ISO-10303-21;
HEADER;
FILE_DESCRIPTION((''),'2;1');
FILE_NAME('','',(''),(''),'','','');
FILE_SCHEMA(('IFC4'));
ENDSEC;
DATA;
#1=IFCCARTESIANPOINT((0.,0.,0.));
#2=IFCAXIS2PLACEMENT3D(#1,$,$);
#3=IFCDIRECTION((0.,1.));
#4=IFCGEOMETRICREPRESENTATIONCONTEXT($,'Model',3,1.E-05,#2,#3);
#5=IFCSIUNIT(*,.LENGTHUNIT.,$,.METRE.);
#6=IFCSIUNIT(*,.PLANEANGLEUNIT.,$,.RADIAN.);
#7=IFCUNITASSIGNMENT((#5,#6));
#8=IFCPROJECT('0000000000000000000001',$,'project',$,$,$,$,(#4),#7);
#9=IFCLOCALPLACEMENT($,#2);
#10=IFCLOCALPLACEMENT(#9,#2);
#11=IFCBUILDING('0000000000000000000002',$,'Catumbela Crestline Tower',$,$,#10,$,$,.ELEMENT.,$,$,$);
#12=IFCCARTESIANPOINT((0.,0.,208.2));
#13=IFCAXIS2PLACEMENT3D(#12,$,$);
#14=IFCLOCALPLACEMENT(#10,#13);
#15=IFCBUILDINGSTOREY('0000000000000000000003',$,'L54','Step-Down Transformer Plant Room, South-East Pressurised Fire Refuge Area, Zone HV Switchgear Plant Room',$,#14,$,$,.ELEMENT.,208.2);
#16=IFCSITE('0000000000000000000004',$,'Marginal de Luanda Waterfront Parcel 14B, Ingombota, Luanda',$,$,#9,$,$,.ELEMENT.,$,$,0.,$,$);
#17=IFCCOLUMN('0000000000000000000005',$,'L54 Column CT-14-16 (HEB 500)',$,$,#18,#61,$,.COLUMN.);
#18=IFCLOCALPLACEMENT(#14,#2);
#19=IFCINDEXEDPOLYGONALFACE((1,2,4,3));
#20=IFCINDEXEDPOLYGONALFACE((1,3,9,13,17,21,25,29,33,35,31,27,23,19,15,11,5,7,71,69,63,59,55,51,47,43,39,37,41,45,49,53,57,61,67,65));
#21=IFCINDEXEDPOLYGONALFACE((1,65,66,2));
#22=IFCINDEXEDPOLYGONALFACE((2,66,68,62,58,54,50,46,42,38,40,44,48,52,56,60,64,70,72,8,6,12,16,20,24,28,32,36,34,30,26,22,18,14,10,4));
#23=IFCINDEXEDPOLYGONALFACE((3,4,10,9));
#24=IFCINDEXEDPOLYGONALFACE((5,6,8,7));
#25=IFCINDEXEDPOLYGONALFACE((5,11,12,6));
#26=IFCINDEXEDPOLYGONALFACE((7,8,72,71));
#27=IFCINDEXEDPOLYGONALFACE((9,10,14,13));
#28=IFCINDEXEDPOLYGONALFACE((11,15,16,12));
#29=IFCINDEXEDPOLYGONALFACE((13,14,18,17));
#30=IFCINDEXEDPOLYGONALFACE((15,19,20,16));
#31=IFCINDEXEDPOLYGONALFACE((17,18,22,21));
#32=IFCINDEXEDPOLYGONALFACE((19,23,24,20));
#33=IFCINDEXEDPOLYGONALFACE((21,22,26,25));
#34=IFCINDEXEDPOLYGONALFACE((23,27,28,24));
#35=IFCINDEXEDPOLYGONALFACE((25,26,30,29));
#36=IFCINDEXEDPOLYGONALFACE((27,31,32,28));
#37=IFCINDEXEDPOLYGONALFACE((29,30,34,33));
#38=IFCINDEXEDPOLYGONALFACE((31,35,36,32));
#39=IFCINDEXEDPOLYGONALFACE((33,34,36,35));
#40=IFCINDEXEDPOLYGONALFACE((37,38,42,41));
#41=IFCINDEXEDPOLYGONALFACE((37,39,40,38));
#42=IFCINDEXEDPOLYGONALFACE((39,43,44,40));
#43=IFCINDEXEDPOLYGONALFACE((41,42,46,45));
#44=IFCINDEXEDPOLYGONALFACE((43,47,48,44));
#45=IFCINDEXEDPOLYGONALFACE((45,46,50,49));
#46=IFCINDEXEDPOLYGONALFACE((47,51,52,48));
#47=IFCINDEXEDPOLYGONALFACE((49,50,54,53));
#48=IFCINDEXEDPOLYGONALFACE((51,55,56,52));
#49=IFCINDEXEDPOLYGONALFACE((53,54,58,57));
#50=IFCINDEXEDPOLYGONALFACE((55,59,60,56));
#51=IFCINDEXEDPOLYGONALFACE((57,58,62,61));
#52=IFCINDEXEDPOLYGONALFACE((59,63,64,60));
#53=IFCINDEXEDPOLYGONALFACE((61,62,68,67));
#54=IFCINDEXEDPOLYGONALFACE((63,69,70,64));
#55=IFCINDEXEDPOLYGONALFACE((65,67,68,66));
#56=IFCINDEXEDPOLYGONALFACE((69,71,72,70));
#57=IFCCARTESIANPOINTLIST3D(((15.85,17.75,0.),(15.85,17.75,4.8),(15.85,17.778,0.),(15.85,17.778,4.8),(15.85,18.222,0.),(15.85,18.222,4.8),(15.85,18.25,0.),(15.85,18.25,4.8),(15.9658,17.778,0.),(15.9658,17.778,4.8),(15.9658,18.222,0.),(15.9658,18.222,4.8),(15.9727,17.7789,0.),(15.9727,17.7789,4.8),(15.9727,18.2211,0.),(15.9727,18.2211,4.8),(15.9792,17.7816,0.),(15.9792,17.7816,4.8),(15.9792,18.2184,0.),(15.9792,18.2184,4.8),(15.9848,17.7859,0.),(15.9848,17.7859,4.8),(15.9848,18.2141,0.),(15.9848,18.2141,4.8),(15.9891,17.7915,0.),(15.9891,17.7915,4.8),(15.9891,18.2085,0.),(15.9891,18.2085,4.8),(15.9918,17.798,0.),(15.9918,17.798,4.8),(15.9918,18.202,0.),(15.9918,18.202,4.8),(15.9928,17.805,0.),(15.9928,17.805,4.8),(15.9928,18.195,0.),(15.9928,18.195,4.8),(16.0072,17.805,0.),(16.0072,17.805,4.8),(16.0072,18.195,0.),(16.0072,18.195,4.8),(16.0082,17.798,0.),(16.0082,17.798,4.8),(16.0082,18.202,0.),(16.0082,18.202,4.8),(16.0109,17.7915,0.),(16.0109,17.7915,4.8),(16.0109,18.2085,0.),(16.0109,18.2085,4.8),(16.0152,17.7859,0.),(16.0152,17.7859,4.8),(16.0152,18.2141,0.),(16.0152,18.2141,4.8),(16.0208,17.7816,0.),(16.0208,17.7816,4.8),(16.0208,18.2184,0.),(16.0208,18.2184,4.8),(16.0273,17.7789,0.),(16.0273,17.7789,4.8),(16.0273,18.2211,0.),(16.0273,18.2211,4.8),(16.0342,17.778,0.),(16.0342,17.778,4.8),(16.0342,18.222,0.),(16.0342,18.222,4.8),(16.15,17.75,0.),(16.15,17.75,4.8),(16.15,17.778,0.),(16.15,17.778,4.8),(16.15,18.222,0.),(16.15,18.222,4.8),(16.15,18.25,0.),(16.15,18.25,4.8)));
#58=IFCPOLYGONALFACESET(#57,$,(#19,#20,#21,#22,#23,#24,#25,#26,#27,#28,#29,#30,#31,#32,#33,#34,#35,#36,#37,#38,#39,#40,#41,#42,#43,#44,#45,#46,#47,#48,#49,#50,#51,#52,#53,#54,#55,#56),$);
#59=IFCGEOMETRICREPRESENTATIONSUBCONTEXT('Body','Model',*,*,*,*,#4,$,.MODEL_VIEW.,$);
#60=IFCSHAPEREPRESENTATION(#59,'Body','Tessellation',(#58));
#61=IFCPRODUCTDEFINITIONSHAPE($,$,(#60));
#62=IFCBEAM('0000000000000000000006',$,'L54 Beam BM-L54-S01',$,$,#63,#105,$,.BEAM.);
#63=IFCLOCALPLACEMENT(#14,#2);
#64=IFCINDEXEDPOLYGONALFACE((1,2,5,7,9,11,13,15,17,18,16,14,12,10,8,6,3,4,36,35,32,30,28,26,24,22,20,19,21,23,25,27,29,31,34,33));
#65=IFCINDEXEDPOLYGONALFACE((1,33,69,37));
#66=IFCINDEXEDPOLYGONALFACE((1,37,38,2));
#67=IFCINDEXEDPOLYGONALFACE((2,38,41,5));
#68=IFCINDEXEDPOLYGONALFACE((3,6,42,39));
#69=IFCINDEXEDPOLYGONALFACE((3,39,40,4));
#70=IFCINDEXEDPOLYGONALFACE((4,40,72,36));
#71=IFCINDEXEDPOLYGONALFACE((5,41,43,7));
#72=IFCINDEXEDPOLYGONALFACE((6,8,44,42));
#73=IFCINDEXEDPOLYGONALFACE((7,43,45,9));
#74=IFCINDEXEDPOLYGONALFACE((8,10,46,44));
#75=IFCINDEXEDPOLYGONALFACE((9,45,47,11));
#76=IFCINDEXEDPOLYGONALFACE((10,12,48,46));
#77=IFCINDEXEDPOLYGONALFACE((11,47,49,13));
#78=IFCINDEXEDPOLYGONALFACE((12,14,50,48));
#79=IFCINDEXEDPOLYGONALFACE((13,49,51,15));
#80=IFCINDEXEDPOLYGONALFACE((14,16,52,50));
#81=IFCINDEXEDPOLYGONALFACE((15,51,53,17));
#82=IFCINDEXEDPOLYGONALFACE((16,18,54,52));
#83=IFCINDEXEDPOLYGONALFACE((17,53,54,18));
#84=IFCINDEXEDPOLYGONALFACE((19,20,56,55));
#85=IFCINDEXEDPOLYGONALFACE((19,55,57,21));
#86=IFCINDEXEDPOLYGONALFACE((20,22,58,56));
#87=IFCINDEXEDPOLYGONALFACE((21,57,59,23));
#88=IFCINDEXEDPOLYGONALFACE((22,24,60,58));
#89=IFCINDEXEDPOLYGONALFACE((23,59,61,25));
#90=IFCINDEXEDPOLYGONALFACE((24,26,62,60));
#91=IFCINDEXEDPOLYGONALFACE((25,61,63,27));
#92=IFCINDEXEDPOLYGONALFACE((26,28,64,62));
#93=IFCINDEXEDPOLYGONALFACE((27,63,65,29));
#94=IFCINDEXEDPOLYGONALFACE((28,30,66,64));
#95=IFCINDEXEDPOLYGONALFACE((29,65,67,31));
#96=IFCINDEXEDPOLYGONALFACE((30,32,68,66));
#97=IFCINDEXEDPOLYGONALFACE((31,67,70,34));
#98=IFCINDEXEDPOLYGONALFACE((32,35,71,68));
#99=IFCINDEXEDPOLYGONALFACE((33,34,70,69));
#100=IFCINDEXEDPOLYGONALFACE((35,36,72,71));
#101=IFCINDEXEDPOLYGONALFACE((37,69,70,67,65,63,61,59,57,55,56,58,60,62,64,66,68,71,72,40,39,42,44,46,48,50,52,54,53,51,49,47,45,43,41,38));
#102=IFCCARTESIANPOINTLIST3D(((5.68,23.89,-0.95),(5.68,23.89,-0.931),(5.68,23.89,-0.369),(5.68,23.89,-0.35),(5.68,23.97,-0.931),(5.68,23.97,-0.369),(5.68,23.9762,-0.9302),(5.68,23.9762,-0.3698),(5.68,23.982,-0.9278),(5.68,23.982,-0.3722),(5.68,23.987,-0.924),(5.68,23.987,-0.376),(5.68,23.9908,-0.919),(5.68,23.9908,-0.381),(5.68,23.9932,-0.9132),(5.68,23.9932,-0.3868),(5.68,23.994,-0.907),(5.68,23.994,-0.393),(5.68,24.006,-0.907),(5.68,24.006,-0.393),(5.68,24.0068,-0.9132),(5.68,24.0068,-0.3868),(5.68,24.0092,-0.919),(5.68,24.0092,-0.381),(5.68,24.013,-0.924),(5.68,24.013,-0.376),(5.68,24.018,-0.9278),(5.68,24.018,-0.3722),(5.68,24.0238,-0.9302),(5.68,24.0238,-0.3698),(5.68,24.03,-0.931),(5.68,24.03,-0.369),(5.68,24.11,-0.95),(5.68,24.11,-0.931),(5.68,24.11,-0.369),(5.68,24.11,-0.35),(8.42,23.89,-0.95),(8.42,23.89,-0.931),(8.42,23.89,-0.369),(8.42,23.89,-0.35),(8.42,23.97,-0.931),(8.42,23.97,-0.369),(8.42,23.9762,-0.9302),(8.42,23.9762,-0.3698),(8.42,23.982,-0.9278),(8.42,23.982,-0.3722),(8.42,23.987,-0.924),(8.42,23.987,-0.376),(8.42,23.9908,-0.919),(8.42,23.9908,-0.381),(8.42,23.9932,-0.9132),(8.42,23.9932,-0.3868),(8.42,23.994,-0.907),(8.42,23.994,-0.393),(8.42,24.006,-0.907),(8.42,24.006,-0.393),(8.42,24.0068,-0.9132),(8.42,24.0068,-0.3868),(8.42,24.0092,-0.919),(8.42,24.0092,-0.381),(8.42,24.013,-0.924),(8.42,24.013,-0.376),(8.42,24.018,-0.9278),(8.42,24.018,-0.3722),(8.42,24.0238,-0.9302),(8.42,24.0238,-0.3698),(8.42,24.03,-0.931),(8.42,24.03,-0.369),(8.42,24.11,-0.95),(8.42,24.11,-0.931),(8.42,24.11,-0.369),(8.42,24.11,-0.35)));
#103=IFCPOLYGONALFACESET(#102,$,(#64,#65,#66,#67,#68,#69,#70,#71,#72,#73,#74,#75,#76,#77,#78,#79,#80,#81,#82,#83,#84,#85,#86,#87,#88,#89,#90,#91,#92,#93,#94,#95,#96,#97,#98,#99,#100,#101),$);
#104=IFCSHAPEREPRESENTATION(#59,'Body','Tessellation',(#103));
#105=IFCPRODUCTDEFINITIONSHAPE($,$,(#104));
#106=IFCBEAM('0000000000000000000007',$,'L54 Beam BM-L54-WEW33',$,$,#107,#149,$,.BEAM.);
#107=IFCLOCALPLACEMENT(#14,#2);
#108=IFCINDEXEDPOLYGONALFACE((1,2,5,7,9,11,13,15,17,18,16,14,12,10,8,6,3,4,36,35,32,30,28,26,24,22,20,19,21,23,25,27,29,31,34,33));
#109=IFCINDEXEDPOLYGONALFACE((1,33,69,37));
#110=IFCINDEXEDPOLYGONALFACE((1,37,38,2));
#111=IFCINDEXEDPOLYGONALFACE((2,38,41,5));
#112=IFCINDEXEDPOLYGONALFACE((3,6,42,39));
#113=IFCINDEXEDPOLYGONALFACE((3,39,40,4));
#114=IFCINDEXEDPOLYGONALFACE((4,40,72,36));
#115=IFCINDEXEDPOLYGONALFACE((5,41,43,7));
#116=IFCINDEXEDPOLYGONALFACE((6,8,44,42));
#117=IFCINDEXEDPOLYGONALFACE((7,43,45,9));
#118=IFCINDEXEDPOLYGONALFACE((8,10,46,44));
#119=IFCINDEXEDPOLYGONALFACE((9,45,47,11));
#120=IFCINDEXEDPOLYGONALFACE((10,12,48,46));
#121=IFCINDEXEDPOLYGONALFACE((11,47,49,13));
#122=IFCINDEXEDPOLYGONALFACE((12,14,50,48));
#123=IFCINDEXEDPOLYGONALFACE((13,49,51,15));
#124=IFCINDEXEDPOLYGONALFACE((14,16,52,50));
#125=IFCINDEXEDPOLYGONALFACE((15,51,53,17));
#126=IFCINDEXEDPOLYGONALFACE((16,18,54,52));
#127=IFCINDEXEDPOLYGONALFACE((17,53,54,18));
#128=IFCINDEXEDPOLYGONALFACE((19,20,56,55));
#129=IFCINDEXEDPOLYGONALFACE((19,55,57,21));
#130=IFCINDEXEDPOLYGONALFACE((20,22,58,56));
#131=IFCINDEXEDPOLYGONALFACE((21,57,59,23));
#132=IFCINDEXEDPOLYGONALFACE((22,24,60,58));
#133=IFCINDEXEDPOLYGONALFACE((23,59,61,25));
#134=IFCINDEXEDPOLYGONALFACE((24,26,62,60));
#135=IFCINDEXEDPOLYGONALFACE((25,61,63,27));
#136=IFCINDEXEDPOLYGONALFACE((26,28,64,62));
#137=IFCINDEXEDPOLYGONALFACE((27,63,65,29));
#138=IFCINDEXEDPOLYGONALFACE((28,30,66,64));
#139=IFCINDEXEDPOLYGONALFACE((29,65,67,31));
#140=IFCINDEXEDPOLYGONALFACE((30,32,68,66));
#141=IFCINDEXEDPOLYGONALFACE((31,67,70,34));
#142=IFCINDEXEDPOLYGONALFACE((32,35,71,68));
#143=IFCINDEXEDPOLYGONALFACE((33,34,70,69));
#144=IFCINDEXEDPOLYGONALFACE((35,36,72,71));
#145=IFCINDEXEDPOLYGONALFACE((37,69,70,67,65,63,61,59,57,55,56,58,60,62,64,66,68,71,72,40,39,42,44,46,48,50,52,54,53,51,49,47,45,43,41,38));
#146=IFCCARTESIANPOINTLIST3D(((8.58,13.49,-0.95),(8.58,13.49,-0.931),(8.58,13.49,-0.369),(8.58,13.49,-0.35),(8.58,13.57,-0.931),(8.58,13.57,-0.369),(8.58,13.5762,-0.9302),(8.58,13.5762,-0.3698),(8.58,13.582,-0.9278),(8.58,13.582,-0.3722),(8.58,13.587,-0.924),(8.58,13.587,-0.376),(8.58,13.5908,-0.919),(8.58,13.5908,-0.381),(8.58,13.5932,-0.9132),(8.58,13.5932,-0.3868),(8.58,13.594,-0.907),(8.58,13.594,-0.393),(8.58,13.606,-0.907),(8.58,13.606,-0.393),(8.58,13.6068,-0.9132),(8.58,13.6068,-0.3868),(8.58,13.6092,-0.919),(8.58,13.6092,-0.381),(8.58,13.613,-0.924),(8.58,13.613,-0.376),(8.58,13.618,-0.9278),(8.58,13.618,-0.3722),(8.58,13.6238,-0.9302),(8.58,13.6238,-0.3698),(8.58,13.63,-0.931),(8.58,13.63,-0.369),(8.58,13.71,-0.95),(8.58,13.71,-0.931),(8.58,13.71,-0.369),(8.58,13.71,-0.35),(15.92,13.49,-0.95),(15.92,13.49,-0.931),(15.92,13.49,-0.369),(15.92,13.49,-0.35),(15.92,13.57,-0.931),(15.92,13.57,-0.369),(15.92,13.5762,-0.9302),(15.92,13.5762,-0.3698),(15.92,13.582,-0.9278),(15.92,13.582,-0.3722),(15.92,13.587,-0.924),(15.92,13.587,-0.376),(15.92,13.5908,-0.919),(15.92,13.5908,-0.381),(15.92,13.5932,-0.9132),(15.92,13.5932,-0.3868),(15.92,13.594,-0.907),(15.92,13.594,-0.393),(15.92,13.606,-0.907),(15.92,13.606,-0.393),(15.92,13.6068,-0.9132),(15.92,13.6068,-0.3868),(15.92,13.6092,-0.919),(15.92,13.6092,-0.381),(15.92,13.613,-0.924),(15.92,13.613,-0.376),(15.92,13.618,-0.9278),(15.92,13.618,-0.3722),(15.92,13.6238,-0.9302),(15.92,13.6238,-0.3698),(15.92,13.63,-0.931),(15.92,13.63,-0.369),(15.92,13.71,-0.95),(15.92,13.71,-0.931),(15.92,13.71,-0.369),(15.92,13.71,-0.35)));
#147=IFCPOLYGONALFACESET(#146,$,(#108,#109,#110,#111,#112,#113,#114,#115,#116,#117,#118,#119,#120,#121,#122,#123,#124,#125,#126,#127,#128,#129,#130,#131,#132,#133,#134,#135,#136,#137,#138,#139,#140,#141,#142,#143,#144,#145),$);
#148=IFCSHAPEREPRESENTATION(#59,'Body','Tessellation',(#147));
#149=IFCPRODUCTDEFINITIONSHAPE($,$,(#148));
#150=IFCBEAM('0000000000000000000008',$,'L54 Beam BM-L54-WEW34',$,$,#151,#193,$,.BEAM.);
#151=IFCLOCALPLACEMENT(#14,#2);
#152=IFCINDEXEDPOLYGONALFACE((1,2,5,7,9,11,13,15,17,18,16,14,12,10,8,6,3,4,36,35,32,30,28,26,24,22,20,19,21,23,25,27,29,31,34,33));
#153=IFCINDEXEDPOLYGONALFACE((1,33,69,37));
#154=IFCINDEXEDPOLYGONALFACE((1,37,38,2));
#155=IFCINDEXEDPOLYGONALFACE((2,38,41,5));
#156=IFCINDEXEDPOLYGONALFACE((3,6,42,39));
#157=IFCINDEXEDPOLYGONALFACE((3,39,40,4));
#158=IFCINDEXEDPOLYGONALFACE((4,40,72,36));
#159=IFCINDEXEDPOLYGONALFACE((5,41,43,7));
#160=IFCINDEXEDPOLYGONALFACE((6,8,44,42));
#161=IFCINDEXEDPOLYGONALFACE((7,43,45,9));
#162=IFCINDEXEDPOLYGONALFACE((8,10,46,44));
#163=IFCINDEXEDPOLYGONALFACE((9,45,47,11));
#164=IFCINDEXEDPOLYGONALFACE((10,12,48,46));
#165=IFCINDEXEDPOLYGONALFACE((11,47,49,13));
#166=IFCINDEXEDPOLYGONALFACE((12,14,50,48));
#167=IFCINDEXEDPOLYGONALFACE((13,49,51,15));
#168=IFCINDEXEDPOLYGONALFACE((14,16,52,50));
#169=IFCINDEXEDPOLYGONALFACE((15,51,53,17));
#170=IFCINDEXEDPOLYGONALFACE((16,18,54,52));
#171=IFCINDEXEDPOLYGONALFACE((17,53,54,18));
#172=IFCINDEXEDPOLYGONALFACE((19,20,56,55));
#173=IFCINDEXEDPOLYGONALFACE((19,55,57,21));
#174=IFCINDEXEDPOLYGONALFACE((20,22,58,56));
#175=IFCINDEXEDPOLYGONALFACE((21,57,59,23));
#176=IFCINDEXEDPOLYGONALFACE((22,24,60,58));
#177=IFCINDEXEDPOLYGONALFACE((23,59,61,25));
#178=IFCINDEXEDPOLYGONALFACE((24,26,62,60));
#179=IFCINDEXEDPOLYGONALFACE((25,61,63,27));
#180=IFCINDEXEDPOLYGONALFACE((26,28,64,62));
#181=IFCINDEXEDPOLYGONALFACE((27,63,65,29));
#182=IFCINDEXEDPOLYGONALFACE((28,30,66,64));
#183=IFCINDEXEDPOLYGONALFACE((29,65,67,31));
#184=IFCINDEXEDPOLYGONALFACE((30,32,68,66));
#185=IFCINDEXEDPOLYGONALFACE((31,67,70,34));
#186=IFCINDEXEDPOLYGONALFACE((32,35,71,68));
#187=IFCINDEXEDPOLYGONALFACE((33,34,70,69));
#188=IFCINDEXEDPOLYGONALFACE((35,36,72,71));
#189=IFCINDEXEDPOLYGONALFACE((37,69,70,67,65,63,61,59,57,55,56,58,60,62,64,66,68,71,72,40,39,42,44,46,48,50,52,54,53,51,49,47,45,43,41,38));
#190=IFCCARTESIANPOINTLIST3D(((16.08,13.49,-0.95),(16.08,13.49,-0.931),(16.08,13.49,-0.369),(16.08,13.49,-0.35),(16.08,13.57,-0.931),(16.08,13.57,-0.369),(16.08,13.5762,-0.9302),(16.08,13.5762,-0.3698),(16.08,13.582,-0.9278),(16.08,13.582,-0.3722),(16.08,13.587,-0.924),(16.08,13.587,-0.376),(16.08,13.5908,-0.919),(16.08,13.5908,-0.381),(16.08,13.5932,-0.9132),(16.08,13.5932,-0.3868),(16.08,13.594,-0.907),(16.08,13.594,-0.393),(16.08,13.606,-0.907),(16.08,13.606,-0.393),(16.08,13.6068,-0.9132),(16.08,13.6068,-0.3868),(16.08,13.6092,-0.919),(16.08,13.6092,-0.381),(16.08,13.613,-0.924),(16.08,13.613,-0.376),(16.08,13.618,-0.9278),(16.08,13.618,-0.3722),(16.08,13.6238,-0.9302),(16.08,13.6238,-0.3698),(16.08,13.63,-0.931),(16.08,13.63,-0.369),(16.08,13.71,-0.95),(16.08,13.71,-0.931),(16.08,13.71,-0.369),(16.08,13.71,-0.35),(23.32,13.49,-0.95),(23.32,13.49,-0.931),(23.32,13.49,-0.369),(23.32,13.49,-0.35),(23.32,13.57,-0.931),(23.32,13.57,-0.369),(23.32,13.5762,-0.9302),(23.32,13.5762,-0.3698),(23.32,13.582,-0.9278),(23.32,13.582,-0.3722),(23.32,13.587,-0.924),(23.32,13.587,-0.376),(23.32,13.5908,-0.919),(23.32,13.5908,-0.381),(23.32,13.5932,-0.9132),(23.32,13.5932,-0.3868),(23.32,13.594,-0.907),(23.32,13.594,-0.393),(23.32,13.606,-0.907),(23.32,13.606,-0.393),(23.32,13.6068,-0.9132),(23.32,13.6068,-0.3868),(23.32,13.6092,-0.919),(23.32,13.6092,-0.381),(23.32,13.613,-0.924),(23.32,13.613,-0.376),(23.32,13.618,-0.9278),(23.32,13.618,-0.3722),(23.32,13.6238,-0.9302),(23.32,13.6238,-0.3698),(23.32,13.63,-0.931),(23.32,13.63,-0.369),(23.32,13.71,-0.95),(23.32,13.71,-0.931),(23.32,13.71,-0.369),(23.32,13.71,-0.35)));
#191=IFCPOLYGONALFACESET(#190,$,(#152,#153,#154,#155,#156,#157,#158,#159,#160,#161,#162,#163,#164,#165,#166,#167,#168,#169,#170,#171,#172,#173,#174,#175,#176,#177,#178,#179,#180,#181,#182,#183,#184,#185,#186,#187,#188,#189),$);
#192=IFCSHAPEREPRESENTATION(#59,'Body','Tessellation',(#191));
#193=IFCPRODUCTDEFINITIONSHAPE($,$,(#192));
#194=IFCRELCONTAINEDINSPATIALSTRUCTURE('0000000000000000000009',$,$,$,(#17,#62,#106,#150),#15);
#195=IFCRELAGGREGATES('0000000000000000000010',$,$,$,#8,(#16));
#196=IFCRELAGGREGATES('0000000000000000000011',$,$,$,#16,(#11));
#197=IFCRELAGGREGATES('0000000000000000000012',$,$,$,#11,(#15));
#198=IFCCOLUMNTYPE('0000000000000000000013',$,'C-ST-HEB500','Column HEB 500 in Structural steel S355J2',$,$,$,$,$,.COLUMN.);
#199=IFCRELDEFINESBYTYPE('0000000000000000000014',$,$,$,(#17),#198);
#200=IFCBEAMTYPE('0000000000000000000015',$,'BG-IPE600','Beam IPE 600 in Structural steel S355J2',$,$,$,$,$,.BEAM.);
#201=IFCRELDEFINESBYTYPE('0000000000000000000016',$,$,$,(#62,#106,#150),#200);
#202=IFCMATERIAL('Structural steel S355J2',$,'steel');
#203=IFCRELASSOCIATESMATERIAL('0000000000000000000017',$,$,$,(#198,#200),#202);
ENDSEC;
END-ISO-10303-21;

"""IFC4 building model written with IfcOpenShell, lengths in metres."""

from ifc_helpers import new_model, si_unit, direction, frame, origin, origin_2d, place, context, subcontext, project, spatial, i_section, extrude, material, material_profile, profile_set, type_object, element, save


model = new_model("IFC4")

# Units and contexts
model_context = context("Model", 3, precision=1e-05, world=origin(), true_north=direction((0.0, 1.0)))
body_context = subcontext(model_context, "Body", "Model", "MODEL_VIEW")
ifc_project = project(units=[si_unit("LENGTHUNIT", "METRE"), si_unit("PLANEANGLEUNIT", "RADIAN")], contexts=[model_context])

# Site, building, storey
site_placement = place(None, origin())
site = spatial("IfcSite", under=ifc_project, at=site_placement, Name="Marginal de Luanda Waterfront Parcel 14B, Ingombota, Luanda", CompositionType="ELEMENT", RefElevation=0.0)
building_placement = place(site_placement, origin())
building = spatial("IfcBuilding", under=site, at=building_placement, Name="Catumbela Crestline Tower", CompositionType="ELEMENT")
storey_placement = place(building_placement, frame((0.0, 0.0, 208.2)))
storey = spatial("IfcBuildingStorey", under=building, at=storey_placement, Name="L54", Description="Step-Down Transformer Plant Room, South-East Pressurised Fire Refuge Area, Zone HV Switchgear Plant Room", CompositionType="ELEMENT", Elevation=208.2)

# Column
ifc_material_1 = material(Name="Structural steel S355J2", Category="steel")
ifc_material_profile_1 = material_profile(ifc_material_1, i_section(OverallWidth=0.3, OverallDepth=0.5, WebThickness=0.0145, FlangeThickness=0.028, FilletRadius=0.027, at=origin_2d()), Name="HEB 500")
ifc_profile_set_1 = profile_set([ifc_material_profile_1], Name="Structural steel S355J2")
column_type_1 = type_object("IfcColumnType", Name="C-ST-HEB500", Description="Column HEB 500 in Structural steel S355J2", PredefinedType="COLUMN", material=ifc_profile_set_1)
for number, where, z_axis, x_axis, name in (
    (1, (16.0, 18.0, 0.0), (0.0, 0.0, 1.0), (1.0, 0.0, 0.0), "L54 Column CT-14-16 (HEB 500)"),
):
    element("IfcColumn", number, at=place(storey_placement, frame(where, z_axis=z_axis, x_axis=x_axis)), inside=storey, type_object=column_type_1, Name=name, PredefinedType="COLUMN", context=body_context, shape_type="SweptSolid", body=[
        extrude(i_section(OverallWidth=0.3, OverallDepth=0.5, WebThickness=0.0145, FlangeThickness=0.028, FilletRadius=0.027, at=origin_2d()), origin(), (0.0, 0.0, 1.0), 4.8),
    ])

# Beams
ifc_material_profile_2 = material_profile(ifc_material_1, i_section(OverallWidth=0.22, OverallDepth=0.6, WebThickness=0.012, FlangeThickness=0.019, FilletRadius=0.024, at=origin_2d()), Name="IPE 600")
ifc_profile_set_2 = profile_set([ifc_material_profile_2], Name="Structural steel S355J2")
beam_type_1 = type_object("IfcBeamType", Name="BG-IPE600", Description="Beam IPE 600 in Structural steel S355J2", PredefinedType="BEAM", material=ifc_profile_set_2)
beam_1_placement = place(storey_placement, frame((5.68, 24.0, -0.65), z_axis=(1.0, 0.0, 0.0), x_axis=(0.0, 1.0, 0.0)))
element("IfcBeam", 2, at=beam_1_placement, inside=storey, type_object=beam_type_1, Name="L54 Beam BM-L54-S01", PredefinedType="BEAM", context=body_context, shape_type="SweptSolid", body=[
    extrude(i_section(OverallWidth=0.22, OverallDepth=0.6, WebThickness=0.012, FlangeThickness=0.019, FilletRadius=0.024, at=origin_2d()), origin(), (0.0, 0.0, 1.0), 2.74),
])
beam_2_placement = place(storey_placement, frame((8.58, 13.6, -0.65), z_axis=(1.0, 0.0, 0.0), x_axis=(0.0, 1.0, 0.0)))
element("IfcBeam", 3, at=beam_2_placement, inside=storey, type_object=beam_type_1, Name="L54 Beam BM-L54-WEW33", PredefinedType="BEAM", context=body_context, shape_type="SweptSolid", body=[
    extrude(i_section(OverallWidth=0.22, OverallDepth=0.6, WebThickness=0.012, FlangeThickness=0.019, FilletRadius=0.024, at=origin_2d()), origin(), (0.0, 0.0, 1.0), 7.34),
])
beam_3_placement = place(storey_placement, frame((16.08, 13.6, -0.65), z_axis=(1.0, 0.0, 0.0), x_axis=(0.0, 1.0, 0.0)))
element("IfcBeam", 4, at=beam_3_placement, inside=storey, type_object=beam_type_1, Name="L54 Beam BM-L54-WEW34", PredefinedType="BEAM", context=body_context, shape_type="SweptSolid", body=[
    extrude(i_section(OverallWidth=0.22, OverallDepth=0.6, WebThickness=0.012, FlangeThickness=0.019, FilletRadius=0.024, at=origin_2d()), origin(), (0.0, 0.0, 1.0), 7.24),
])

save(model, "model.ifc")
